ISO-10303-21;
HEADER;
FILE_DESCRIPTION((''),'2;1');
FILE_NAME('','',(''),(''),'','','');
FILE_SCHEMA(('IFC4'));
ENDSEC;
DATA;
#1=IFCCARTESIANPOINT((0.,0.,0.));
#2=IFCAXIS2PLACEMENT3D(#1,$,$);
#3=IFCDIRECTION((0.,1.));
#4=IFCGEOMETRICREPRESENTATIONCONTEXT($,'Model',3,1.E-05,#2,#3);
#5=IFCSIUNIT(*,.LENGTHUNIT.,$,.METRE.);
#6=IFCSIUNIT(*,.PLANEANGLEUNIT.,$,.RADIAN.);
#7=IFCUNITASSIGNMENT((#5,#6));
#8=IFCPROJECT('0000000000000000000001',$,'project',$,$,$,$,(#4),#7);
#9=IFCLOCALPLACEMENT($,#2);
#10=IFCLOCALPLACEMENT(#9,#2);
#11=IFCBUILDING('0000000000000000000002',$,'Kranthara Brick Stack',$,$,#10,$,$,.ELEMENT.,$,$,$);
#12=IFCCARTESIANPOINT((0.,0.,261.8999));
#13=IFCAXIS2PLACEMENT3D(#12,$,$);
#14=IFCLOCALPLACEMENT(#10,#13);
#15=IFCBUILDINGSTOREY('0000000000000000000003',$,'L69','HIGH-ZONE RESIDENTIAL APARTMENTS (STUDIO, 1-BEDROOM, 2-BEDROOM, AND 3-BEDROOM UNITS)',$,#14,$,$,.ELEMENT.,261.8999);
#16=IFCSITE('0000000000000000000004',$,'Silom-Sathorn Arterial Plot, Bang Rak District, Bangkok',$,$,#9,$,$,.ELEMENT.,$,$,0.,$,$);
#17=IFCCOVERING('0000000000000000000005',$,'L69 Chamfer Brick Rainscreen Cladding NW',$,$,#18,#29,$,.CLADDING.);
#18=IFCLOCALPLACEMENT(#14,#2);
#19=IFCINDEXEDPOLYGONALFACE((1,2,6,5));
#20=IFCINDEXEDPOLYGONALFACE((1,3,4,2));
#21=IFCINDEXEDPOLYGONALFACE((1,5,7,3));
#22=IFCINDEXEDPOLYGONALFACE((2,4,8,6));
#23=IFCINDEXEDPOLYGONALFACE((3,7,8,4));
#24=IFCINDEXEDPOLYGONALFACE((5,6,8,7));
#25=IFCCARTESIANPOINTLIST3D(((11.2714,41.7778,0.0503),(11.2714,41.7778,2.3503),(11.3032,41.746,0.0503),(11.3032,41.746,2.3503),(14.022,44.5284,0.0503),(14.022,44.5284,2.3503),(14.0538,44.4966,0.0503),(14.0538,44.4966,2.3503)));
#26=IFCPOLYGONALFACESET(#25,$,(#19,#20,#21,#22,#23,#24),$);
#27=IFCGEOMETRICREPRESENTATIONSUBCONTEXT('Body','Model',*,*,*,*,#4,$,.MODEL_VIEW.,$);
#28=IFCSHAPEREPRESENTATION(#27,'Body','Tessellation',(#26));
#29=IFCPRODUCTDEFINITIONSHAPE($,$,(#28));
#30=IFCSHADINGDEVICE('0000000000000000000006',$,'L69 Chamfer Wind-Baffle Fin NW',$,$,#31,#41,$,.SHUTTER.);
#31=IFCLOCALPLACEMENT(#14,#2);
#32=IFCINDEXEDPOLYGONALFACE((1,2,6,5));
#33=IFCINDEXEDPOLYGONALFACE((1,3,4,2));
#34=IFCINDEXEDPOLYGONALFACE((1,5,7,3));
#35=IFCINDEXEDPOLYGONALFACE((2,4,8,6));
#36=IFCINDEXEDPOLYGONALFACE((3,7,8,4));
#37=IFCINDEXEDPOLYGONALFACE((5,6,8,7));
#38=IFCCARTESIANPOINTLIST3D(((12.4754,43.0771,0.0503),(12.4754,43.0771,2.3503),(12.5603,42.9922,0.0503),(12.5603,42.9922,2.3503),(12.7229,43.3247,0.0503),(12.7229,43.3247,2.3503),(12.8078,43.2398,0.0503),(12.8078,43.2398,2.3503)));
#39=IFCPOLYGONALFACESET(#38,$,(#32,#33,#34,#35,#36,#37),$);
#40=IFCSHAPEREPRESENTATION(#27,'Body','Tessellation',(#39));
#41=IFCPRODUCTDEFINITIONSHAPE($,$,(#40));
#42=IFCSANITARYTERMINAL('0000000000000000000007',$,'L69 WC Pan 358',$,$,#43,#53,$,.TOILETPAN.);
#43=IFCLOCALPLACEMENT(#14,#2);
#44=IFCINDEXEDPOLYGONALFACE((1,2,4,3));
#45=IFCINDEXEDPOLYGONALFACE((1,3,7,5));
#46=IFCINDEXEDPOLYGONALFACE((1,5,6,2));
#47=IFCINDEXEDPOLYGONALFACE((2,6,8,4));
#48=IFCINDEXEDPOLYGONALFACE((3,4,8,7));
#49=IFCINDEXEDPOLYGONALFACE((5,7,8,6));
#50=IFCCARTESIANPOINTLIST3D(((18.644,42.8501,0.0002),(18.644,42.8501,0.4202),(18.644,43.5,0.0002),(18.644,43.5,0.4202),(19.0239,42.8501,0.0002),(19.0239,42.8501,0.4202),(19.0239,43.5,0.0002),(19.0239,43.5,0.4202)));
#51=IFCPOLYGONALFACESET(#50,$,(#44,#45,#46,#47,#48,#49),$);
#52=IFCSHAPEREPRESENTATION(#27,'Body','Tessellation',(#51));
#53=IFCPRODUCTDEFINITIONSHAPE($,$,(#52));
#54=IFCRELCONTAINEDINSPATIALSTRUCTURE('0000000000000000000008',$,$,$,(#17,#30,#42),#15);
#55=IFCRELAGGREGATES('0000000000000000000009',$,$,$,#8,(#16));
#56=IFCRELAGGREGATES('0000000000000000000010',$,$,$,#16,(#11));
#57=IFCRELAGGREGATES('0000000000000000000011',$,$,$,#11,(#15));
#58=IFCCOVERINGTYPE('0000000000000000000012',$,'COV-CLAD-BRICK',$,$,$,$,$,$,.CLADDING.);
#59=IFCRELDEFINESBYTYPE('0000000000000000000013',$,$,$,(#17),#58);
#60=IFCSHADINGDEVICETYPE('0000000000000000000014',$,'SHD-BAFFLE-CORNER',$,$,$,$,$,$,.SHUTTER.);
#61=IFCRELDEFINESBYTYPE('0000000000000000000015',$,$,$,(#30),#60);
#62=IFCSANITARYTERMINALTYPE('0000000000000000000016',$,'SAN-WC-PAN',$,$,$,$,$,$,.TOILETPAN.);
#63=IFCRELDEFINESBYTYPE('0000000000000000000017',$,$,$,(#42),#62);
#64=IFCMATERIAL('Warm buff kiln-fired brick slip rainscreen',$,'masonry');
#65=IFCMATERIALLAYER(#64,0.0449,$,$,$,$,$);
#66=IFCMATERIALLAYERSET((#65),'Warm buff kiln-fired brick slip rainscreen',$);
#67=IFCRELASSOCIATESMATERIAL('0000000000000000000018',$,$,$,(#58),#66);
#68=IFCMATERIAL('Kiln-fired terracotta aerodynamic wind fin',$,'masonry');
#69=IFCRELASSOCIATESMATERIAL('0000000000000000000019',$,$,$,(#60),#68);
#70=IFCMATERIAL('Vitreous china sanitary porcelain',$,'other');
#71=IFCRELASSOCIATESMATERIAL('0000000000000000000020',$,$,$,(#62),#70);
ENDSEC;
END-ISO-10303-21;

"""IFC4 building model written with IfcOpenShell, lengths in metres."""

from ifc_helpers import new_model, si_unit, direction, frame, origin, origin_2d, place, context, subcontext, project, spatial, rectangle, extrude, material, layer, layer_set, type_object, element, save


model = new_model("IFC4")

# Units and contexts
model_context = context("Model", 3, precision=1e-05, world=origin(), true_north=direction((0.0, 1.0)))
body_context = subcontext(model_context, "Body", "Model", "MODEL_VIEW")
ifc_project = project(units=[si_unit("LENGTHUNIT", "METRE"), si_unit("PLANEANGLEUNIT", "RADIAN")], contexts=[model_context])

# Site, building, storey
site_placement = place(None, origin())
site = spatial("IfcSite", under=ifc_project, at=site_placement, Name="Silom-Sathorn Arterial Plot, Bang Rak District, Bangkok", CompositionType="ELEMENT", RefElevation=0.0)
building_placement = place(site_placement, origin())
building = spatial("IfcBuilding", under=site, at=building_placement, Name="Kranthara Brick Stack", CompositionType="ELEMENT")
storey_placement = place(building_placement, frame((0.0, 0.0, 261.8999)))
storey = spatial("IfcBuildingStorey", under=building, at=storey_placement, Name="L69", Description="HIGH-ZONE RESIDENTIAL APARTMENTS (STUDIO, 1-BEDROOM, 2-BEDROOM, AND 3-BEDROOM UNITS)", CompositionType="ELEMENT", Elevation=261.8999)

# Covering
ifc_material_1 = material(Name="Warm buff kiln-fired brick slip rainscreen", Category="masonry")
ifc_layer_1 = layer(ifc_material_1, 0.0449)
ifc_layer_set_1 = layer_set([ifc_layer_1], Name="Warm buff kiln-fired brick slip rainscreen")
covering_type = type_object("IfcCoveringType", Name="COV-CLAD-BRICK", PredefinedType="CLADDING", material=ifc_layer_set_1)
covering_placement = place(storey_placement, frame((12.6626, 43.1372, 0.0503), z_axis=(0.0, 0.0, 1.0), x_axis=(0.707107, 0.707107, 0.0)))
element("IfcCovering", 1, at=covering_placement, inside=storey, type_object=covering_type, Name="L69 Chamfer Brick Rainscreen Cladding NW", PredefinedType="CLADDING", context=body_context, shape_type="SweptSolid", body=[
    extrude(rectangle(XDim=3.8899, YDim=0.0449, at=origin_2d()), origin(), (0.0, 0.0, 1.0), 2.3),
])

# Shading device
ifc_material_2 = material(Name="Kiln-fired terracotta aerodynamic wind fin", Category="masonry")
shading_device_type = type_object("IfcShadingDeviceType", Name="SHD-BAFFLE-CORNER", PredefinedType="SHUTTER", material=ifc_material_2)
shading_device_placement = place(storey_placement, frame((12.6416, 43.1584, 0.0503), z_axis=(0.0, 0.0, 1.0), x_axis=(0.707107, 0.707107, 0.0)))
element("IfcShadingDevice", 2, at=shading_device_placement, inside=storey, type_object=shading_device_type, Name="L69 Chamfer Wind-Baffle Fin NW", PredefinedType="SHUTTER", context=body_context, shape_type="SweptSolid", body=[
    extrude(rectangle(XDim=0.3501, YDim=0.1201, at=origin_2d()), origin(), (0.0, 0.0, 1.0), 2.3),
])

# Sanitary terminal
ifc_material_3 = material(Name="Vitreous china sanitary porcelain", Category="other")
sanitary_terminal_type = type_object("IfcSanitaryTerminalType", Name="SAN-WC-PAN", PredefinedType="TOILETPAN", material=ifc_material_3)
sanitary_terminal_placement = place(storey_placement, frame((18.834, 43.175, 0.0002), z_axis=(0.0, 0.0, 1.0), x_axis=(1.0, 0.0, 0.0)))
element("IfcSanitaryTerminal", 3, at=sanitary_terminal_placement, inside=storey, type_object=sanitary_terminal_type, Name="L69 WC Pan 358", PredefinedType="TOILETPAN", context=body_context, shape_type="SweptSolid", body=[
    extrude(rectangle(XDim=0.3799, YDim=0.6499, at=origin_2d()), origin(), (0.0, 0.0, 1.0), 0.4199),
])

save(model, "model.ifc")
